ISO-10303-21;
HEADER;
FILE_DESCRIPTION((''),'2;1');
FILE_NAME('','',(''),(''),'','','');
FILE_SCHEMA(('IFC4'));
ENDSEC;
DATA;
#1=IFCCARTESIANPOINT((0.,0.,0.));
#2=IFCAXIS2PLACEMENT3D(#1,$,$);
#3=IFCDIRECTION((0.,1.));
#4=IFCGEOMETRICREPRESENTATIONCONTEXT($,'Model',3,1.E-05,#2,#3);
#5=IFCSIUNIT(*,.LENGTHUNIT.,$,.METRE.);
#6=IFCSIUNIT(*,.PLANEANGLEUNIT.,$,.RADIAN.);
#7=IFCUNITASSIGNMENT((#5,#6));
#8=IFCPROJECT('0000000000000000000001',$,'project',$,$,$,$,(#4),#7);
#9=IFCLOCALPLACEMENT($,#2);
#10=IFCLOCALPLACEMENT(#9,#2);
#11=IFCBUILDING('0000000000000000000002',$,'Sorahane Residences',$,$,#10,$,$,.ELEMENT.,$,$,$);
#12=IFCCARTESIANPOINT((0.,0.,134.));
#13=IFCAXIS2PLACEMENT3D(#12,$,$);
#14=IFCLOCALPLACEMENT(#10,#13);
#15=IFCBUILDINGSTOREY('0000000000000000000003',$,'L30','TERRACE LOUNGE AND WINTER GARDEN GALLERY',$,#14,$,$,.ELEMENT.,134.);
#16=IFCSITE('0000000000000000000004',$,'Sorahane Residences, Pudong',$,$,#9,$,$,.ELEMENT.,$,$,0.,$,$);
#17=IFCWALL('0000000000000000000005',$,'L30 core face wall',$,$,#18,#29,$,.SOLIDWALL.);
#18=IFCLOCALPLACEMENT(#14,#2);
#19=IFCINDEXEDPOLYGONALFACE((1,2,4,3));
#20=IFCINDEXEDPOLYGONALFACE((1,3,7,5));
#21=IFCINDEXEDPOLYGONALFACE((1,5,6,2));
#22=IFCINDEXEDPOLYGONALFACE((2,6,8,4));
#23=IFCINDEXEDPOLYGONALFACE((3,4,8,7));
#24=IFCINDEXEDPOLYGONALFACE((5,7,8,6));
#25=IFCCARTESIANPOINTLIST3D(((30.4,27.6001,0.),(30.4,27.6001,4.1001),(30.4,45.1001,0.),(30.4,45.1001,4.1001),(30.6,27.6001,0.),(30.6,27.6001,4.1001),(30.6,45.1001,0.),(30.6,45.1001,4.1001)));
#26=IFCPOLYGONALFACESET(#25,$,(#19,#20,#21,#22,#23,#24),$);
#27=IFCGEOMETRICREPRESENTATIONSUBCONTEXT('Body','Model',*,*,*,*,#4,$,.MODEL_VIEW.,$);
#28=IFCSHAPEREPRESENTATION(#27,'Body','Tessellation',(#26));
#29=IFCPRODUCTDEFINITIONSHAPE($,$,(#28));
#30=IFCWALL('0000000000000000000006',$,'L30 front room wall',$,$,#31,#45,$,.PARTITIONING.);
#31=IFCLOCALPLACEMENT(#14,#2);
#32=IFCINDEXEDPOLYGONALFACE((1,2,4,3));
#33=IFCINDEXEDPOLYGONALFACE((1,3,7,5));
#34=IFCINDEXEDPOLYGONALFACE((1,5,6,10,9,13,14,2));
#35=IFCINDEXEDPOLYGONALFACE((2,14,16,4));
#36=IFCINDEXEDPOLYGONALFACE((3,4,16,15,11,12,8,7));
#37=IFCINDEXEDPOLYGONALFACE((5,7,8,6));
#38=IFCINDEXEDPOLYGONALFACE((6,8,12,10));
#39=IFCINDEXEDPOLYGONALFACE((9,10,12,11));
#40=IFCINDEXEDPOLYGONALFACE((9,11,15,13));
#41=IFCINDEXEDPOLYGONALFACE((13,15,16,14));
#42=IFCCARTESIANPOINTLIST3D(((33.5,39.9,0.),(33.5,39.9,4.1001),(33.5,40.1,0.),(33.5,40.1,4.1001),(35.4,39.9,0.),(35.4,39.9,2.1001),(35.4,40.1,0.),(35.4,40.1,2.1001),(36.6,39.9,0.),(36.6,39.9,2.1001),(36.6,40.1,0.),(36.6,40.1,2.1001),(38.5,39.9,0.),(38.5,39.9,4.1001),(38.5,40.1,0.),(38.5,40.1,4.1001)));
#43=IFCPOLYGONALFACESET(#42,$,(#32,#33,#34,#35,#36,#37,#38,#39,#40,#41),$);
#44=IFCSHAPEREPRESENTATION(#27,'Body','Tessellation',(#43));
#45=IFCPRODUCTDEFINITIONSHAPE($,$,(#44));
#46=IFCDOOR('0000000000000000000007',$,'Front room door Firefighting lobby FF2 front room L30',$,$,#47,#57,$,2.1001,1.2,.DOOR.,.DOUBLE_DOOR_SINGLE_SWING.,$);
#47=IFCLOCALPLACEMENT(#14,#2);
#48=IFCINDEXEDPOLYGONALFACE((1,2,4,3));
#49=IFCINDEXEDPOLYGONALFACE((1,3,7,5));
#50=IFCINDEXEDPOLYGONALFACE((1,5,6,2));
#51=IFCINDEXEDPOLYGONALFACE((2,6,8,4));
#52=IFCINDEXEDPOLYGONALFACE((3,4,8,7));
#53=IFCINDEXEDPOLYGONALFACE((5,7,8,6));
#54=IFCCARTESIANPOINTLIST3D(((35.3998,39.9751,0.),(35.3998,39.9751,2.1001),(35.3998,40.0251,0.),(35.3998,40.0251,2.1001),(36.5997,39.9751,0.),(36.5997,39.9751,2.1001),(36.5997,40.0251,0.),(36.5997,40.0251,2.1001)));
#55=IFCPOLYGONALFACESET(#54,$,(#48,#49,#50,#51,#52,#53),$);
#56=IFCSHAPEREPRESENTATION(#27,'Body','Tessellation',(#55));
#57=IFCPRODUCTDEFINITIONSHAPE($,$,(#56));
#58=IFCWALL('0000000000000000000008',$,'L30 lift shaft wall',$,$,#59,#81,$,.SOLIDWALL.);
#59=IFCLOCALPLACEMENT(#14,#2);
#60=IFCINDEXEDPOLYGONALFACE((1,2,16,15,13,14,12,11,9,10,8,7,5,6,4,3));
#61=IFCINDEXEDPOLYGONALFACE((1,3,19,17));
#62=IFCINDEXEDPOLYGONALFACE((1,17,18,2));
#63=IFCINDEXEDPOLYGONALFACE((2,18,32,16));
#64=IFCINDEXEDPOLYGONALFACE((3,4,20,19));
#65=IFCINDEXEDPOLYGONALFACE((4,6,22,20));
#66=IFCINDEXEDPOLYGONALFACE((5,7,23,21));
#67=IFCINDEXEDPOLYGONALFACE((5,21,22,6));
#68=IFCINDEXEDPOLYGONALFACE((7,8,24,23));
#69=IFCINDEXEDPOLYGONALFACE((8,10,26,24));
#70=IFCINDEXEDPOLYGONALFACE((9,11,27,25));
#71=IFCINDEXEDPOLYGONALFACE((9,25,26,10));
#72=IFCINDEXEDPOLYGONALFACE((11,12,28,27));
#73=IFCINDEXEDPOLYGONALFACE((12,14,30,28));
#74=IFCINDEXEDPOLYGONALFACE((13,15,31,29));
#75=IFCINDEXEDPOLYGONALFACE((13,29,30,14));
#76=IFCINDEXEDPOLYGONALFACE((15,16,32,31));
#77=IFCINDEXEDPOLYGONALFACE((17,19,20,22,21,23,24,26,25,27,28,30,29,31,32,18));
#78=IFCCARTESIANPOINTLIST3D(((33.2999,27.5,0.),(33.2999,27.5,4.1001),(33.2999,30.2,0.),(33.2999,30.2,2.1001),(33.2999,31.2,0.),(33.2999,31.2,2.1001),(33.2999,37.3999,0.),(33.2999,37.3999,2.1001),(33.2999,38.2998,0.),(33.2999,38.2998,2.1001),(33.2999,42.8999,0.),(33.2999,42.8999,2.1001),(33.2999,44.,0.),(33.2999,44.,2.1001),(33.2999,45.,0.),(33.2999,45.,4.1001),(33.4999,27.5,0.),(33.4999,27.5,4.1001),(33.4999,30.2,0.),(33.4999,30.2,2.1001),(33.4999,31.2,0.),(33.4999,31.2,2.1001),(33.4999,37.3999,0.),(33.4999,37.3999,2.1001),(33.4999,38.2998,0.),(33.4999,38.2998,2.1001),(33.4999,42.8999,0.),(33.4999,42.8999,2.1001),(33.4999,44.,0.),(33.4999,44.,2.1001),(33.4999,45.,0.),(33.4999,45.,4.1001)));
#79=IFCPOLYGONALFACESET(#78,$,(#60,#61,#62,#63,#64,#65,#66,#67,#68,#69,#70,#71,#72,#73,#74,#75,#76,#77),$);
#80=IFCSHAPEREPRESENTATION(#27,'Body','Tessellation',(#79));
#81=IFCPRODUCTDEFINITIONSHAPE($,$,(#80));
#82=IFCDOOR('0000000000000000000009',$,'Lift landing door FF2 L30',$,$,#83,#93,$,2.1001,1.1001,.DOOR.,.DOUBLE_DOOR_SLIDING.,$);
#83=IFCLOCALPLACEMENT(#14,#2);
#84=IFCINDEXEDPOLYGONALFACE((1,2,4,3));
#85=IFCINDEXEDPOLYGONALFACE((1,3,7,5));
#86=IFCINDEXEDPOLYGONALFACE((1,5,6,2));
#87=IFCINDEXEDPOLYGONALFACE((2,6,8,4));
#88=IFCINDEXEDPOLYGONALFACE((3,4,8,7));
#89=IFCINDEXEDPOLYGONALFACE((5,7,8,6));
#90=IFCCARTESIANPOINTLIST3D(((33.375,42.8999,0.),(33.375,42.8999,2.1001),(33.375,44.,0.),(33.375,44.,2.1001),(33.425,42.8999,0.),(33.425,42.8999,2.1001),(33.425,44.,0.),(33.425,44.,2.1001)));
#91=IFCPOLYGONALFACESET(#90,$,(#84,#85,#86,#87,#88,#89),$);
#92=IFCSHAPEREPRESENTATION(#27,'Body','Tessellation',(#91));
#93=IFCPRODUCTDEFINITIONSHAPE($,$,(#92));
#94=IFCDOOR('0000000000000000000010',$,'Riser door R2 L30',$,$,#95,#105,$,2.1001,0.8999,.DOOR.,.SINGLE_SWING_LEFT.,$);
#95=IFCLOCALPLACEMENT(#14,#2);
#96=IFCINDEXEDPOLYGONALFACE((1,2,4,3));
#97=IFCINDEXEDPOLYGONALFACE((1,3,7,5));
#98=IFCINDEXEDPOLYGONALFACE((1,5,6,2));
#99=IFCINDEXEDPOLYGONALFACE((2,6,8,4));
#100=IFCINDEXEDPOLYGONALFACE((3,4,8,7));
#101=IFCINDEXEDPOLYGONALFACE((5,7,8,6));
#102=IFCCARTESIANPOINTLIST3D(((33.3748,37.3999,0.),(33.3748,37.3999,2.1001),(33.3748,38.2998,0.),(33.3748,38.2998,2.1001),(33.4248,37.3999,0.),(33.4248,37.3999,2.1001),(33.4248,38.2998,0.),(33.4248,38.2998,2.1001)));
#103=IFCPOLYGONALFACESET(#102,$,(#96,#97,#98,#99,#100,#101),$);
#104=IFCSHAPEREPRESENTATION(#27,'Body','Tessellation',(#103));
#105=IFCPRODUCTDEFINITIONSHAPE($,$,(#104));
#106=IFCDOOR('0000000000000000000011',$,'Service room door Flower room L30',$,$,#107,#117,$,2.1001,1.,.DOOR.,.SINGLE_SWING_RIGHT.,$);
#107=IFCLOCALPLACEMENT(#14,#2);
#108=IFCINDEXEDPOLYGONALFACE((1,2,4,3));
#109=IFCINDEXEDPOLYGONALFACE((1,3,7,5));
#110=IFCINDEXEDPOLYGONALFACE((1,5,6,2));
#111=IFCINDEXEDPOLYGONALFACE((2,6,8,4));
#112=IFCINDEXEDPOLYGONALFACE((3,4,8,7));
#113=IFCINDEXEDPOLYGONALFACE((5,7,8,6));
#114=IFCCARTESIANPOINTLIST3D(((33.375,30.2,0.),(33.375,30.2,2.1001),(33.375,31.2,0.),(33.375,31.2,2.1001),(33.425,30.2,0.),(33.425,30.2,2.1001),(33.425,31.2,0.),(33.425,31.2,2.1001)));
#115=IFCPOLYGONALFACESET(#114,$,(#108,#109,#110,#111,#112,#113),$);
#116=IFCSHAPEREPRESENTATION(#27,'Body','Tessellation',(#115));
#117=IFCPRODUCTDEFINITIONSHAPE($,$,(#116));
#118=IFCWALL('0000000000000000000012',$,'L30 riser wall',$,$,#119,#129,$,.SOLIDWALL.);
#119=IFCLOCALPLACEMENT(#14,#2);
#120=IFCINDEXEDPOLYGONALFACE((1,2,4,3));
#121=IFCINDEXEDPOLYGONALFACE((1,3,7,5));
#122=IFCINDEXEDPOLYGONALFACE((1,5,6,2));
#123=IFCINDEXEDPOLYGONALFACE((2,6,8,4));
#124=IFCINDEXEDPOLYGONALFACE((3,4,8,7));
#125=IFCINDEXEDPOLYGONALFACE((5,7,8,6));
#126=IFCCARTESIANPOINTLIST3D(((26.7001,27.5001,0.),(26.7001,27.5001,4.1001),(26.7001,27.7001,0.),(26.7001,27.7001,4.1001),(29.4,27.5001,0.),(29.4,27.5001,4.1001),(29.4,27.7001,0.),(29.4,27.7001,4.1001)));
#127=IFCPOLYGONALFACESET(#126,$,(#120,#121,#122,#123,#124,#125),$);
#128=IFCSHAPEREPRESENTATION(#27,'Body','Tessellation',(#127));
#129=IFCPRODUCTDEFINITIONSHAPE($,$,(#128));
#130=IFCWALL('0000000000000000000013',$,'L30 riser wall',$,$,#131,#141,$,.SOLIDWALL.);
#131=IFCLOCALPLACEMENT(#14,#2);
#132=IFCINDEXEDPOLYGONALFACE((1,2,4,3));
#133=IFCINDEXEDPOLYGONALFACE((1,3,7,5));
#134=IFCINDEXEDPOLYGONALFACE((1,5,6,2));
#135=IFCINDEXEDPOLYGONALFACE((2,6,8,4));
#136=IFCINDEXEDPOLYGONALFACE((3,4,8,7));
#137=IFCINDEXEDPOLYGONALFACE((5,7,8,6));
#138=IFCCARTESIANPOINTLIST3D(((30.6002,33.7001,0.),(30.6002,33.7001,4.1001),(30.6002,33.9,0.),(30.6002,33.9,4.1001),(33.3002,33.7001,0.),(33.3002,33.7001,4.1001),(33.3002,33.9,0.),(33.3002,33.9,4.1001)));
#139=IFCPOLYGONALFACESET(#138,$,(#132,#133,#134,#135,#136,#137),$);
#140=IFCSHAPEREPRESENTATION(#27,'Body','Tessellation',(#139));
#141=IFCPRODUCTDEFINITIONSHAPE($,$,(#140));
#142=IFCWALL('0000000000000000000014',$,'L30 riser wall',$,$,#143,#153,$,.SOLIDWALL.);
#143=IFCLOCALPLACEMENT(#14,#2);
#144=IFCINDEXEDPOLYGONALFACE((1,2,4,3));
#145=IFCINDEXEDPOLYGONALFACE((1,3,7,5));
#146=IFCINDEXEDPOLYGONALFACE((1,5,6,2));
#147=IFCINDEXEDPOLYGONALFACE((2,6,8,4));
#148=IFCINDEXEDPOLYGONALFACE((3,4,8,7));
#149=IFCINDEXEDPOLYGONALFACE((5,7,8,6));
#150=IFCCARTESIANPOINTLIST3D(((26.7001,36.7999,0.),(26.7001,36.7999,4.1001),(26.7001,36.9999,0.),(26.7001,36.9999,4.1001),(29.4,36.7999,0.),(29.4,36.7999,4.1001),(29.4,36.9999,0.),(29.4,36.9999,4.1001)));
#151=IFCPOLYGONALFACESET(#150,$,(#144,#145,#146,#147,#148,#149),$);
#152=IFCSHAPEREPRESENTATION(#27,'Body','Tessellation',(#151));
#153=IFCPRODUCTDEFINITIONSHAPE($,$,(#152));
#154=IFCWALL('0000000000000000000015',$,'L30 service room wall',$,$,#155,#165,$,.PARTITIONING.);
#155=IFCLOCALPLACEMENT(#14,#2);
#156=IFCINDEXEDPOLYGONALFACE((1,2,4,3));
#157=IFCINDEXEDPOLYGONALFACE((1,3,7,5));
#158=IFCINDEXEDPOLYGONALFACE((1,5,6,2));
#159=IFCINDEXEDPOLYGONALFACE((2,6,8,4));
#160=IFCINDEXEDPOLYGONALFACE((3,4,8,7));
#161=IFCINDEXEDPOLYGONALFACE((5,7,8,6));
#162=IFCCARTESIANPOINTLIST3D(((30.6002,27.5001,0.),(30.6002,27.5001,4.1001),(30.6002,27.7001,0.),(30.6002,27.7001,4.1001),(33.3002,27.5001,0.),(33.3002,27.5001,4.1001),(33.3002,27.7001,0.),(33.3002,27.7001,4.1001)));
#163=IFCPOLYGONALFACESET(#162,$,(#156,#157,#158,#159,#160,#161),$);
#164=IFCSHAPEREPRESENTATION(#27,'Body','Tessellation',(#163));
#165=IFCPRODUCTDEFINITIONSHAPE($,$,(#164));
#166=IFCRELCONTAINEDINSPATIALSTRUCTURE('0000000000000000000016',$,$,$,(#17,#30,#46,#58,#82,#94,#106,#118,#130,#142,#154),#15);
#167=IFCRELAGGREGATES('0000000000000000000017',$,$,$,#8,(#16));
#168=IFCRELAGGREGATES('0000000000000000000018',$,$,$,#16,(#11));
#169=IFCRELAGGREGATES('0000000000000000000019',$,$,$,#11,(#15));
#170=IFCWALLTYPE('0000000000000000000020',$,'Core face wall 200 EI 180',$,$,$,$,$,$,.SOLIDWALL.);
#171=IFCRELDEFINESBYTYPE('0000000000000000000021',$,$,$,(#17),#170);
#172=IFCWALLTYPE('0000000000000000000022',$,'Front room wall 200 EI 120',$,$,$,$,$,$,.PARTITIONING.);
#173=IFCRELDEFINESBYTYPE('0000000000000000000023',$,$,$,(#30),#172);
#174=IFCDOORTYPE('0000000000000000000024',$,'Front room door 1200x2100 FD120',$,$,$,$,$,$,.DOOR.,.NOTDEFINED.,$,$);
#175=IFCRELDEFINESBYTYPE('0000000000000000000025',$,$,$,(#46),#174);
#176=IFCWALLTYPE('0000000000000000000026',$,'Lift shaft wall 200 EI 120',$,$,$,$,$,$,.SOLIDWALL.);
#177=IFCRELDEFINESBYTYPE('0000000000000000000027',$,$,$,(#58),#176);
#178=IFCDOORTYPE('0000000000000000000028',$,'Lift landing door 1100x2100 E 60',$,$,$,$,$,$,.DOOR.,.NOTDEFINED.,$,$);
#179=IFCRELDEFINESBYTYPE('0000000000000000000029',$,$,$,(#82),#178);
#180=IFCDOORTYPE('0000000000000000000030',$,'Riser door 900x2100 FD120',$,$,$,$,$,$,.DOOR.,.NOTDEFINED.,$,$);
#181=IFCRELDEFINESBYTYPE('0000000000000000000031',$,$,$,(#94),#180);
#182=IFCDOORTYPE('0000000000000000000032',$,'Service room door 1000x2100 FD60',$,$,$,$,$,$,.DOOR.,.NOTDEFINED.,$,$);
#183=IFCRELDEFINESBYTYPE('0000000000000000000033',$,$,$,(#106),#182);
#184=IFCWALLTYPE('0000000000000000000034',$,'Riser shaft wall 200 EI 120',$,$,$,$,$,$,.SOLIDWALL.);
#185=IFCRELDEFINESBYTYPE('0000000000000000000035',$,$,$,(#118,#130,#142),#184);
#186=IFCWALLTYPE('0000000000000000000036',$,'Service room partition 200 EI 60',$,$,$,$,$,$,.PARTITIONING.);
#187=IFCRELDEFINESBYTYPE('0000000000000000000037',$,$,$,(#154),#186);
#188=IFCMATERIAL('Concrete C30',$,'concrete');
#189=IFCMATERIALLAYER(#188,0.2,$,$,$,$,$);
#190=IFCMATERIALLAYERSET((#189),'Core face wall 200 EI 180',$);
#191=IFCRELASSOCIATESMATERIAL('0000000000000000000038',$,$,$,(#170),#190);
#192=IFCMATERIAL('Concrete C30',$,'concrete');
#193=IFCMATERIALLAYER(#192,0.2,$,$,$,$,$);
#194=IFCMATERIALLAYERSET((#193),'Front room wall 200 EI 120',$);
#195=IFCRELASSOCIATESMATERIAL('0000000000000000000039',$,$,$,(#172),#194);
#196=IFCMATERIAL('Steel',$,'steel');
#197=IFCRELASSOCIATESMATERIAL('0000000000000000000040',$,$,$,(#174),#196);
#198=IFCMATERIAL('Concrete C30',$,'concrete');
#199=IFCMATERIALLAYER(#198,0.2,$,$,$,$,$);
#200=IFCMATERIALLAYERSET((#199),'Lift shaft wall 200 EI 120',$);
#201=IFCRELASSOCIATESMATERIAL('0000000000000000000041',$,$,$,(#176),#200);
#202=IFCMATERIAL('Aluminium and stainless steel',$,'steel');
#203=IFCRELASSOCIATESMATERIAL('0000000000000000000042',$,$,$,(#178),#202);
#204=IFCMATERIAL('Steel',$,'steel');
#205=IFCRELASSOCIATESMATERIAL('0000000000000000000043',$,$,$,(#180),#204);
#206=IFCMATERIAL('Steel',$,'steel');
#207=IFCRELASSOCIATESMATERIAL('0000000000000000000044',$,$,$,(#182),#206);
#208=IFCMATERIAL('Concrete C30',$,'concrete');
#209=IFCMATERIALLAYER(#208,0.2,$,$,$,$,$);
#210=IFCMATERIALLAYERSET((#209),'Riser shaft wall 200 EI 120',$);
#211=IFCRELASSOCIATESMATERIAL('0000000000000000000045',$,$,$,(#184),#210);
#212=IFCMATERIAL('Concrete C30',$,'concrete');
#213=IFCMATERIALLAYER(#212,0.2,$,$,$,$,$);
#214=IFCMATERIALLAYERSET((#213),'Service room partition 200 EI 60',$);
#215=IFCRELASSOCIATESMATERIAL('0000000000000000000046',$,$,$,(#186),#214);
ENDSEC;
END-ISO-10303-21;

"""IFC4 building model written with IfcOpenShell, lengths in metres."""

from ifc_helpers import new_model, si_unit, direction, frame, frame_2d, origin, place, context, subcontext, project, spatial, rectangle, extrude, material, layer, layer_set, type_object, element, fill, save


model = new_model("IFC4")

# Units and contexts
model_context = context("Model", 3, precision=1e-05, world=origin(), true_north=direction((0.0, 1.0)))
body_context = subcontext(model_context, "Body", "Model", "MODEL_VIEW")
ifc_project = project(units=[si_unit("LENGTHUNIT", "METRE"), si_unit("PLANEANGLEUNIT", "RADIAN")], contexts=[model_context])

# Site, building, storey
site_placement = place(None, origin())
site = spatial("IfcSite", under=ifc_project, at=site_placement, Name="Sorahane Residences, Pudong", CompositionType="ELEMENT", RefElevation=0.0)
building_placement = place(site_placement, origin())
building = spatial("IfcBuilding", under=site, at=building_placement, Name="Sorahane Residences", CompositionType="ELEMENT")
storey_placement = place(building_placement, frame((0.0, 0.0, 134.0)))
storey = spatial("IfcBuildingStorey", under=building, at=storey_placement, Name="L30", Description="TERRACE LOUNGE AND WINTER GARDEN GALLERY", CompositionType="ELEMENT", Elevation=134.0)

# Wall
ifc_material_1 = material(Name="Concrete C30", Category="concrete")
ifc_layer_1 = layer(ifc_material_1, 0.2)
ifc_layer_set_1 = layer_set([ifc_layer_1], Name="Core face wall 200 EI 180")
wall_type_1 = type_object("IfcWallType", Name="Core face wall 200 EI 180", PredefinedType="SOLIDWALL", material=ifc_layer_set_1)
for number, where, z_axis, x_axis, name in (
    (1, (30.5, 27.6001, 0.0), (0.0, 0.0, 1.0), (0.0, 1.0, 0.0), "L30 core face wall"),
):
    element("IfcWall", number, at=place(storey_placement, frame(where, z_axis=z_axis, x_axis=x_axis)), inside=storey, type_object=wall_type_1, Name=name, PredefinedType="SOLIDWALL", context=body_context, shape_type="SweptSolid", body=[
        extrude(rectangle(XDim=17.5, YDim=0.2, at=frame_2d((8.75, 0.0))), origin(), (0.0, 0.0, 1.0), 4.1001),
    ])

# Wall, opening, door
ifc_material_2 = material(Name="Concrete C30", Category="concrete")
ifc_layer_2 = layer(ifc_material_2, 0.2)
ifc_layer_set_2 = layer_set([ifc_layer_2], Name="Front room wall 200 EI 120")
wall_type_2 = type_object("IfcWallType", Name="Front room wall 200 EI 120", PredefinedType="PARTITIONING", material=ifc_layer_set_2)
wall_1_placement = place(storey_placement, frame((33.5, 40.0, 0.0), z_axis=(0.0, 0.0, 1.0), x_axis=(1.0, 0.0, 0.0)))
wall_1 = element("IfcWall", 2, at=wall_1_placement, inside=storey, type_object=wall_type_2, Name="L30 front room wall", PredefinedType="PARTITIONING", context=body_context, shape_type="SweptSolid", body=[
    extrude(rectangle(XDim=5.0, YDim=0.2, at=frame_2d((2.5, 0.0))), origin(), (0.0, 0.0, 1.0), 4.1001),
])
opening_1_placement = place(wall_1_placement, frame((1.8999, 0.0, 0.0)))
opening_1 = element("IfcOpeningElement", 3, at=opening_1_placement, cuts=wall_1, PredefinedType="OPENING", context=body_context, shape_type="SweptSolid", body=[
    extrude(rectangle(XDim=1.2, YDim=2.1001, at=frame_2d((0.6001, 1.05))), frame((0.0, 0.1099, 0.0), z_axis=(0.0, -1.0, 0.0), x_axis=(1.0, 0.0, 0.0)), (0.0, 0.0, 1.0), 0.22),
])
ifc_material_3 = material(Name="Steel", Category="steel")
door_type_1 = type_object("IfcDoorType", Name="Front room door 1200x2100 FD120", OperationType="NOTDEFINED", PredefinedType="DOOR", material=ifc_material_3)
door_1_placement = place(opening_1_placement, frame((1.2, 0.0, 0.0), z_axis=(0.0, 0.0, 1.0), x_axis=(-1.0, 0.0, 0.0)))
door_1 = element("IfcDoor", 4, at=door_1_placement, inside=storey, type_object=door_type_1, Name="Front room door Firefighting lobby FF2 front room L30", OperationType="DOUBLE_DOOR_SINGLE_SWING", OverallHeight=2.1001, OverallWidth=1.2, PredefinedType="DOOR", context=body_context, shape_type="SweptSolid", body=[
    extrude(rectangle(XDim=1.2, YDim=2.1001, at=frame_2d((0.6001, 1.05))), frame((0.0, 0.0249, 0.0), z_axis=(0.0, -1.0, 0.0), x_axis=(1.0, 0.0, 0.0)), (0.0, 0.0, 1.0), 0.05),
])
fill(opening_1, door_1)

# Wall, openings, doors
ifc_material_4 = material(Name="Concrete C30", Category="concrete")
ifc_layer_3 = layer(ifc_material_4, 0.2)
ifc_layer_set_3 = layer_set([ifc_layer_3], Name="Lift shaft wall 200 EI 120")
wall_type_3 = type_object("IfcWallType", Name="Lift shaft wall 200 EI 120", PredefinedType="SOLIDWALL", material=ifc_layer_set_3)
wall_2_placement = place(storey_placement, frame((33.3999, 27.5, 0.0), z_axis=(0.0, 0.0, 1.0), x_axis=(0.0, 1.0, 0.0)))
wall_2 = element("IfcWall", 5, at=wall_2_placement, inside=storey, type_object=wall_type_3, Name="L30 lift shaft wall", PredefinedType="SOLIDWALL", context=body_context, shape_type="SweptSolid", body=[
    extrude(rectangle(XDim=17.5, YDim=0.2, at=frame_2d((8.75, 0.0))), origin(), (0.0, 0.0, 1.0), 4.1001),
])
opening_2_placement = place(wall_2_placement, frame((15.3999, 0.0, 0.0)))
opening_2 = element("IfcOpeningElement", 6, at=opening_2_placement, cuts=wall_2, PredefinedType="OPENING", context=body_context, shape_type="SweptSolid", body=[
    extrude(rectangle(XDim=1.1001, YDim=2.1001, at=frame_2d((0.55, 1.05))), frame((0.0, 0.1099, 0.0), z_axis=(0.0, -1.0, 0.0), x_axis=(1.0, 0.0, 0.0)), (0.0, 0.0, 1.0), 0.22),
])
opening_3_placement = place(wall_2_placement, frame((2.7, 0.0, 0.0)))
opening_3 = element("IfcOpeningElement", 7, at=opening_3_placement, cuts=wall_2, PredefinedType="OPENING", context=body_context, shape_type="SweptSolid", body=[
    extrude(rectangle(XDim=1.0, YDim=2.1001, at=frame_2d((0.5, 1.05))), frame((0.0, 0.1099, 0.0), z_axis=(0.0, -1.0, 0.0), x_axis=(1.0, 0.0, 0.0)), (0.0, 0.0, 1.0), 0.22),
])
opening_4_placement = place(wall_2_placement, frame((9.8999, 0.0, 0.0)))
opening_4 = element("IfcOpeningElement", 8, at=opening_4_placement, cuts=wall_2, PredefinedType="OPENING", context=body_context, shape_type="SweptSolid", body=[
    extrude(rectangle(XDim=0.8999, YDim=2.1001, at=frame_2d((0.45, 1.05))), frame((0.0, 0.1099, 0.0), z_axis=(0.0, -1.0, 0.0), x_axis=(1.0, 0.0, 0.0)), (0.0, 0.0, 1.0), 0.22),
])
ifc_material_5 = material(Name="Aluminium and stainless steel", Category="steel")
door_type_2 = type_object("IfcDoorType", Name="Lift landing door 1100x2100 E 60", OperationType="NOTDEFINED", PredefinedType="DOOR", material=ifc_material_5)
door_2_placement = place(opening_2_placement, origin())
door_2 = element("IfcDoor", 9, at=door_2_placement, inside=storey, type_object=door_type_2, Name="Lift landing door FF2 L30", OperationType="DOUBLE_DOOR_SLIDING", OverallHeight=2.1001, OverallWidth=1.1001, PredefinedType="DOOR", context=body_context, shape_type="SweptSolid", body=[
    extrude(rectangle(XDim=1.1001, YDim=2.1001, at=frame_2d((0.55, 1.05))), frame((0.0, 0.0249, 0.0), z_axis=(0.0, -1.0, 0.0), x_axis=(1.0, 0.0, 0.0)), (0.0, 0.0, 1.0), 0.05),
])
fill(opening_2, door_2)
ifc_material_6 = material(Name="Steel", Category="steel")
door_type_3 = type_object("IfcDoorType", Name="Riser door 900x2100 FD120", OperationType="NOTDEFINED", PredefinedType="DOOR", material=ifc_material_6)
door_3_placement = place(opening_4_placement, frame((0.8999, 0.0, 0.0), z_axis=(0.0, 0.0, 1.0), x_axis=(-1.0, 0.0, 0.0)))
door_3 = element("IfcDoor", 10, at=door_3_placement, inside=storey, type_object=door_type_3, Name="Riser door R2 L30", OperationType="SINGLE_SWING_LEFT", OverallHeight=2.1001, OverallWidth=0.8999, PredefinedType="DOOR", context=body_context, shape_type="SweptSolid", body=[
    extrude(rectangle(XDim=0.8999, YDim=2.1001, at=frame_2d((0.45, 1.05))), frame((0.0, 0.0249, 0.0), z_axis=(0.0, -1.0, 0.0), x_axis=(1.0, 0.0, 0.0)), (0.0, 0.0, 1.0), 0.05),
])
fill(opening_4, door_3)
ifc_material_7 = material(Name="Steel", Category="steel")
door_type_4 = type_object("IfcDoorType", Name="Service room door 1000x2100 FD60", OperationType="NOTDEFINED", PredefinedType="DOOR", material=ifc_material_7)
door_4_placement = place(opening_3_placement, origin())
door_4 = element("IfcDoor", 11, at=door_4_placement, inside=storey, type_object=door_type_4, Name="Service room door Flower room L30", OperationType="SINGLE_SWING_RIGHT", OverallHeight=2.1001, OverallWidth=1.0, PredefinedType="DOOR", context=body_context, shape_type="SweptSolid", body=[
    extrude(rectangle(XDim=1.0, YDim=2.1001, at=frame_2d((0.5, 1.05))), frame((0.0, 0.0249, 0.0), z_axis=(0.0, -1.0, 0.0), x_axis=(1.0, 0.0, 0.0)), (0.0, 0.0, 1.0), 0.05),
])
fill(opening_3, door_4)

# Walls
ifc_material_8 = material(Name="Concrete C30", Category="concrete")
ifc_layer_4 = layer(ifc_material_8, 0.2)
ifc_layer_set_4 = layer_set([ifc_layer_4], Name="Riser shaft wall 200 EI 120")
wall_type_4 = type_object("IfcWallType", Name="Riser shaft wall 200 EI 120", PredefinedType="SOLIDWALL", material=ifc_layer_set_4)
for number, where, z_axis, x_axis, name in (
    (12, (26.7, 27.6001, 0.0), (0.0, 0.0, 1.0), (1.0, 0.0, 0.0), "L30 riser wall"),
    (13, (30.6001, 33.8, 0.0), (0.0, 0.0, 1.0), (1.0, 0.0, 0.0), "L30 riser wall"),
    (14, (26.7, 36.8999, 0.0), (0.0, 0.0, 1.0), (1.0, 0.0, 0.0), "L30 riser wall"),
):
    element("IfcWall", number, at=place(storey_placement, frame(where, z_axis=z_axis, x_axis=x_axis)), inside=storey, type_object=wall_type_4, Name=name, PredefinedType="SOLIDWALL", context=body_context, shape_type="SweptSolid", body=[
        extrude(rectangle(XDim=2.7, YDim=0.2, at=frame_2d((1.3501, 0.0))), origin(), (0.0, 0.0, 1.0), 4.1001),
    ])
ifc_material_9 = material(Name="Concrete C30", Category="concrete")
ifc_layer_5 = layer(ifc_material_9, 0.2)
ifc_layer_set_5 = layer_set([ifc_layer_5], Name="Service room partition 200 EI 60")
wall_type_5 = type_object("IfcWallType", Name="Service room partition 200 EI 60", PredefinedType="PARTITIONING", material=ifc_layer_set_5)
for number, where, z_axis, x_axis, name in (
    (15, (30.6001, 27.6001, 0.0), (0.0, 0.0, 1.0), (1.0, 0.0, 0.0), "L30 service room wall"),
):
    element("IfcWall", number, at=place(storey_placement, frame(where, z_axis=z_axis, x_axis=x_axis)), inside=storey, type_object=wall_type_5, Name=name, PredefinedType="PARTITIONING", context=body_context, shape_type="SweptSolid", body=[
        extrude(rectangle(XDim=2.7, YDim=0.2, at=frame_2d((1.3501, 0.0))), origin(), (0.0, 0.0, 1.0), 4.1001),
    ])

save(model, "model.ifc")
